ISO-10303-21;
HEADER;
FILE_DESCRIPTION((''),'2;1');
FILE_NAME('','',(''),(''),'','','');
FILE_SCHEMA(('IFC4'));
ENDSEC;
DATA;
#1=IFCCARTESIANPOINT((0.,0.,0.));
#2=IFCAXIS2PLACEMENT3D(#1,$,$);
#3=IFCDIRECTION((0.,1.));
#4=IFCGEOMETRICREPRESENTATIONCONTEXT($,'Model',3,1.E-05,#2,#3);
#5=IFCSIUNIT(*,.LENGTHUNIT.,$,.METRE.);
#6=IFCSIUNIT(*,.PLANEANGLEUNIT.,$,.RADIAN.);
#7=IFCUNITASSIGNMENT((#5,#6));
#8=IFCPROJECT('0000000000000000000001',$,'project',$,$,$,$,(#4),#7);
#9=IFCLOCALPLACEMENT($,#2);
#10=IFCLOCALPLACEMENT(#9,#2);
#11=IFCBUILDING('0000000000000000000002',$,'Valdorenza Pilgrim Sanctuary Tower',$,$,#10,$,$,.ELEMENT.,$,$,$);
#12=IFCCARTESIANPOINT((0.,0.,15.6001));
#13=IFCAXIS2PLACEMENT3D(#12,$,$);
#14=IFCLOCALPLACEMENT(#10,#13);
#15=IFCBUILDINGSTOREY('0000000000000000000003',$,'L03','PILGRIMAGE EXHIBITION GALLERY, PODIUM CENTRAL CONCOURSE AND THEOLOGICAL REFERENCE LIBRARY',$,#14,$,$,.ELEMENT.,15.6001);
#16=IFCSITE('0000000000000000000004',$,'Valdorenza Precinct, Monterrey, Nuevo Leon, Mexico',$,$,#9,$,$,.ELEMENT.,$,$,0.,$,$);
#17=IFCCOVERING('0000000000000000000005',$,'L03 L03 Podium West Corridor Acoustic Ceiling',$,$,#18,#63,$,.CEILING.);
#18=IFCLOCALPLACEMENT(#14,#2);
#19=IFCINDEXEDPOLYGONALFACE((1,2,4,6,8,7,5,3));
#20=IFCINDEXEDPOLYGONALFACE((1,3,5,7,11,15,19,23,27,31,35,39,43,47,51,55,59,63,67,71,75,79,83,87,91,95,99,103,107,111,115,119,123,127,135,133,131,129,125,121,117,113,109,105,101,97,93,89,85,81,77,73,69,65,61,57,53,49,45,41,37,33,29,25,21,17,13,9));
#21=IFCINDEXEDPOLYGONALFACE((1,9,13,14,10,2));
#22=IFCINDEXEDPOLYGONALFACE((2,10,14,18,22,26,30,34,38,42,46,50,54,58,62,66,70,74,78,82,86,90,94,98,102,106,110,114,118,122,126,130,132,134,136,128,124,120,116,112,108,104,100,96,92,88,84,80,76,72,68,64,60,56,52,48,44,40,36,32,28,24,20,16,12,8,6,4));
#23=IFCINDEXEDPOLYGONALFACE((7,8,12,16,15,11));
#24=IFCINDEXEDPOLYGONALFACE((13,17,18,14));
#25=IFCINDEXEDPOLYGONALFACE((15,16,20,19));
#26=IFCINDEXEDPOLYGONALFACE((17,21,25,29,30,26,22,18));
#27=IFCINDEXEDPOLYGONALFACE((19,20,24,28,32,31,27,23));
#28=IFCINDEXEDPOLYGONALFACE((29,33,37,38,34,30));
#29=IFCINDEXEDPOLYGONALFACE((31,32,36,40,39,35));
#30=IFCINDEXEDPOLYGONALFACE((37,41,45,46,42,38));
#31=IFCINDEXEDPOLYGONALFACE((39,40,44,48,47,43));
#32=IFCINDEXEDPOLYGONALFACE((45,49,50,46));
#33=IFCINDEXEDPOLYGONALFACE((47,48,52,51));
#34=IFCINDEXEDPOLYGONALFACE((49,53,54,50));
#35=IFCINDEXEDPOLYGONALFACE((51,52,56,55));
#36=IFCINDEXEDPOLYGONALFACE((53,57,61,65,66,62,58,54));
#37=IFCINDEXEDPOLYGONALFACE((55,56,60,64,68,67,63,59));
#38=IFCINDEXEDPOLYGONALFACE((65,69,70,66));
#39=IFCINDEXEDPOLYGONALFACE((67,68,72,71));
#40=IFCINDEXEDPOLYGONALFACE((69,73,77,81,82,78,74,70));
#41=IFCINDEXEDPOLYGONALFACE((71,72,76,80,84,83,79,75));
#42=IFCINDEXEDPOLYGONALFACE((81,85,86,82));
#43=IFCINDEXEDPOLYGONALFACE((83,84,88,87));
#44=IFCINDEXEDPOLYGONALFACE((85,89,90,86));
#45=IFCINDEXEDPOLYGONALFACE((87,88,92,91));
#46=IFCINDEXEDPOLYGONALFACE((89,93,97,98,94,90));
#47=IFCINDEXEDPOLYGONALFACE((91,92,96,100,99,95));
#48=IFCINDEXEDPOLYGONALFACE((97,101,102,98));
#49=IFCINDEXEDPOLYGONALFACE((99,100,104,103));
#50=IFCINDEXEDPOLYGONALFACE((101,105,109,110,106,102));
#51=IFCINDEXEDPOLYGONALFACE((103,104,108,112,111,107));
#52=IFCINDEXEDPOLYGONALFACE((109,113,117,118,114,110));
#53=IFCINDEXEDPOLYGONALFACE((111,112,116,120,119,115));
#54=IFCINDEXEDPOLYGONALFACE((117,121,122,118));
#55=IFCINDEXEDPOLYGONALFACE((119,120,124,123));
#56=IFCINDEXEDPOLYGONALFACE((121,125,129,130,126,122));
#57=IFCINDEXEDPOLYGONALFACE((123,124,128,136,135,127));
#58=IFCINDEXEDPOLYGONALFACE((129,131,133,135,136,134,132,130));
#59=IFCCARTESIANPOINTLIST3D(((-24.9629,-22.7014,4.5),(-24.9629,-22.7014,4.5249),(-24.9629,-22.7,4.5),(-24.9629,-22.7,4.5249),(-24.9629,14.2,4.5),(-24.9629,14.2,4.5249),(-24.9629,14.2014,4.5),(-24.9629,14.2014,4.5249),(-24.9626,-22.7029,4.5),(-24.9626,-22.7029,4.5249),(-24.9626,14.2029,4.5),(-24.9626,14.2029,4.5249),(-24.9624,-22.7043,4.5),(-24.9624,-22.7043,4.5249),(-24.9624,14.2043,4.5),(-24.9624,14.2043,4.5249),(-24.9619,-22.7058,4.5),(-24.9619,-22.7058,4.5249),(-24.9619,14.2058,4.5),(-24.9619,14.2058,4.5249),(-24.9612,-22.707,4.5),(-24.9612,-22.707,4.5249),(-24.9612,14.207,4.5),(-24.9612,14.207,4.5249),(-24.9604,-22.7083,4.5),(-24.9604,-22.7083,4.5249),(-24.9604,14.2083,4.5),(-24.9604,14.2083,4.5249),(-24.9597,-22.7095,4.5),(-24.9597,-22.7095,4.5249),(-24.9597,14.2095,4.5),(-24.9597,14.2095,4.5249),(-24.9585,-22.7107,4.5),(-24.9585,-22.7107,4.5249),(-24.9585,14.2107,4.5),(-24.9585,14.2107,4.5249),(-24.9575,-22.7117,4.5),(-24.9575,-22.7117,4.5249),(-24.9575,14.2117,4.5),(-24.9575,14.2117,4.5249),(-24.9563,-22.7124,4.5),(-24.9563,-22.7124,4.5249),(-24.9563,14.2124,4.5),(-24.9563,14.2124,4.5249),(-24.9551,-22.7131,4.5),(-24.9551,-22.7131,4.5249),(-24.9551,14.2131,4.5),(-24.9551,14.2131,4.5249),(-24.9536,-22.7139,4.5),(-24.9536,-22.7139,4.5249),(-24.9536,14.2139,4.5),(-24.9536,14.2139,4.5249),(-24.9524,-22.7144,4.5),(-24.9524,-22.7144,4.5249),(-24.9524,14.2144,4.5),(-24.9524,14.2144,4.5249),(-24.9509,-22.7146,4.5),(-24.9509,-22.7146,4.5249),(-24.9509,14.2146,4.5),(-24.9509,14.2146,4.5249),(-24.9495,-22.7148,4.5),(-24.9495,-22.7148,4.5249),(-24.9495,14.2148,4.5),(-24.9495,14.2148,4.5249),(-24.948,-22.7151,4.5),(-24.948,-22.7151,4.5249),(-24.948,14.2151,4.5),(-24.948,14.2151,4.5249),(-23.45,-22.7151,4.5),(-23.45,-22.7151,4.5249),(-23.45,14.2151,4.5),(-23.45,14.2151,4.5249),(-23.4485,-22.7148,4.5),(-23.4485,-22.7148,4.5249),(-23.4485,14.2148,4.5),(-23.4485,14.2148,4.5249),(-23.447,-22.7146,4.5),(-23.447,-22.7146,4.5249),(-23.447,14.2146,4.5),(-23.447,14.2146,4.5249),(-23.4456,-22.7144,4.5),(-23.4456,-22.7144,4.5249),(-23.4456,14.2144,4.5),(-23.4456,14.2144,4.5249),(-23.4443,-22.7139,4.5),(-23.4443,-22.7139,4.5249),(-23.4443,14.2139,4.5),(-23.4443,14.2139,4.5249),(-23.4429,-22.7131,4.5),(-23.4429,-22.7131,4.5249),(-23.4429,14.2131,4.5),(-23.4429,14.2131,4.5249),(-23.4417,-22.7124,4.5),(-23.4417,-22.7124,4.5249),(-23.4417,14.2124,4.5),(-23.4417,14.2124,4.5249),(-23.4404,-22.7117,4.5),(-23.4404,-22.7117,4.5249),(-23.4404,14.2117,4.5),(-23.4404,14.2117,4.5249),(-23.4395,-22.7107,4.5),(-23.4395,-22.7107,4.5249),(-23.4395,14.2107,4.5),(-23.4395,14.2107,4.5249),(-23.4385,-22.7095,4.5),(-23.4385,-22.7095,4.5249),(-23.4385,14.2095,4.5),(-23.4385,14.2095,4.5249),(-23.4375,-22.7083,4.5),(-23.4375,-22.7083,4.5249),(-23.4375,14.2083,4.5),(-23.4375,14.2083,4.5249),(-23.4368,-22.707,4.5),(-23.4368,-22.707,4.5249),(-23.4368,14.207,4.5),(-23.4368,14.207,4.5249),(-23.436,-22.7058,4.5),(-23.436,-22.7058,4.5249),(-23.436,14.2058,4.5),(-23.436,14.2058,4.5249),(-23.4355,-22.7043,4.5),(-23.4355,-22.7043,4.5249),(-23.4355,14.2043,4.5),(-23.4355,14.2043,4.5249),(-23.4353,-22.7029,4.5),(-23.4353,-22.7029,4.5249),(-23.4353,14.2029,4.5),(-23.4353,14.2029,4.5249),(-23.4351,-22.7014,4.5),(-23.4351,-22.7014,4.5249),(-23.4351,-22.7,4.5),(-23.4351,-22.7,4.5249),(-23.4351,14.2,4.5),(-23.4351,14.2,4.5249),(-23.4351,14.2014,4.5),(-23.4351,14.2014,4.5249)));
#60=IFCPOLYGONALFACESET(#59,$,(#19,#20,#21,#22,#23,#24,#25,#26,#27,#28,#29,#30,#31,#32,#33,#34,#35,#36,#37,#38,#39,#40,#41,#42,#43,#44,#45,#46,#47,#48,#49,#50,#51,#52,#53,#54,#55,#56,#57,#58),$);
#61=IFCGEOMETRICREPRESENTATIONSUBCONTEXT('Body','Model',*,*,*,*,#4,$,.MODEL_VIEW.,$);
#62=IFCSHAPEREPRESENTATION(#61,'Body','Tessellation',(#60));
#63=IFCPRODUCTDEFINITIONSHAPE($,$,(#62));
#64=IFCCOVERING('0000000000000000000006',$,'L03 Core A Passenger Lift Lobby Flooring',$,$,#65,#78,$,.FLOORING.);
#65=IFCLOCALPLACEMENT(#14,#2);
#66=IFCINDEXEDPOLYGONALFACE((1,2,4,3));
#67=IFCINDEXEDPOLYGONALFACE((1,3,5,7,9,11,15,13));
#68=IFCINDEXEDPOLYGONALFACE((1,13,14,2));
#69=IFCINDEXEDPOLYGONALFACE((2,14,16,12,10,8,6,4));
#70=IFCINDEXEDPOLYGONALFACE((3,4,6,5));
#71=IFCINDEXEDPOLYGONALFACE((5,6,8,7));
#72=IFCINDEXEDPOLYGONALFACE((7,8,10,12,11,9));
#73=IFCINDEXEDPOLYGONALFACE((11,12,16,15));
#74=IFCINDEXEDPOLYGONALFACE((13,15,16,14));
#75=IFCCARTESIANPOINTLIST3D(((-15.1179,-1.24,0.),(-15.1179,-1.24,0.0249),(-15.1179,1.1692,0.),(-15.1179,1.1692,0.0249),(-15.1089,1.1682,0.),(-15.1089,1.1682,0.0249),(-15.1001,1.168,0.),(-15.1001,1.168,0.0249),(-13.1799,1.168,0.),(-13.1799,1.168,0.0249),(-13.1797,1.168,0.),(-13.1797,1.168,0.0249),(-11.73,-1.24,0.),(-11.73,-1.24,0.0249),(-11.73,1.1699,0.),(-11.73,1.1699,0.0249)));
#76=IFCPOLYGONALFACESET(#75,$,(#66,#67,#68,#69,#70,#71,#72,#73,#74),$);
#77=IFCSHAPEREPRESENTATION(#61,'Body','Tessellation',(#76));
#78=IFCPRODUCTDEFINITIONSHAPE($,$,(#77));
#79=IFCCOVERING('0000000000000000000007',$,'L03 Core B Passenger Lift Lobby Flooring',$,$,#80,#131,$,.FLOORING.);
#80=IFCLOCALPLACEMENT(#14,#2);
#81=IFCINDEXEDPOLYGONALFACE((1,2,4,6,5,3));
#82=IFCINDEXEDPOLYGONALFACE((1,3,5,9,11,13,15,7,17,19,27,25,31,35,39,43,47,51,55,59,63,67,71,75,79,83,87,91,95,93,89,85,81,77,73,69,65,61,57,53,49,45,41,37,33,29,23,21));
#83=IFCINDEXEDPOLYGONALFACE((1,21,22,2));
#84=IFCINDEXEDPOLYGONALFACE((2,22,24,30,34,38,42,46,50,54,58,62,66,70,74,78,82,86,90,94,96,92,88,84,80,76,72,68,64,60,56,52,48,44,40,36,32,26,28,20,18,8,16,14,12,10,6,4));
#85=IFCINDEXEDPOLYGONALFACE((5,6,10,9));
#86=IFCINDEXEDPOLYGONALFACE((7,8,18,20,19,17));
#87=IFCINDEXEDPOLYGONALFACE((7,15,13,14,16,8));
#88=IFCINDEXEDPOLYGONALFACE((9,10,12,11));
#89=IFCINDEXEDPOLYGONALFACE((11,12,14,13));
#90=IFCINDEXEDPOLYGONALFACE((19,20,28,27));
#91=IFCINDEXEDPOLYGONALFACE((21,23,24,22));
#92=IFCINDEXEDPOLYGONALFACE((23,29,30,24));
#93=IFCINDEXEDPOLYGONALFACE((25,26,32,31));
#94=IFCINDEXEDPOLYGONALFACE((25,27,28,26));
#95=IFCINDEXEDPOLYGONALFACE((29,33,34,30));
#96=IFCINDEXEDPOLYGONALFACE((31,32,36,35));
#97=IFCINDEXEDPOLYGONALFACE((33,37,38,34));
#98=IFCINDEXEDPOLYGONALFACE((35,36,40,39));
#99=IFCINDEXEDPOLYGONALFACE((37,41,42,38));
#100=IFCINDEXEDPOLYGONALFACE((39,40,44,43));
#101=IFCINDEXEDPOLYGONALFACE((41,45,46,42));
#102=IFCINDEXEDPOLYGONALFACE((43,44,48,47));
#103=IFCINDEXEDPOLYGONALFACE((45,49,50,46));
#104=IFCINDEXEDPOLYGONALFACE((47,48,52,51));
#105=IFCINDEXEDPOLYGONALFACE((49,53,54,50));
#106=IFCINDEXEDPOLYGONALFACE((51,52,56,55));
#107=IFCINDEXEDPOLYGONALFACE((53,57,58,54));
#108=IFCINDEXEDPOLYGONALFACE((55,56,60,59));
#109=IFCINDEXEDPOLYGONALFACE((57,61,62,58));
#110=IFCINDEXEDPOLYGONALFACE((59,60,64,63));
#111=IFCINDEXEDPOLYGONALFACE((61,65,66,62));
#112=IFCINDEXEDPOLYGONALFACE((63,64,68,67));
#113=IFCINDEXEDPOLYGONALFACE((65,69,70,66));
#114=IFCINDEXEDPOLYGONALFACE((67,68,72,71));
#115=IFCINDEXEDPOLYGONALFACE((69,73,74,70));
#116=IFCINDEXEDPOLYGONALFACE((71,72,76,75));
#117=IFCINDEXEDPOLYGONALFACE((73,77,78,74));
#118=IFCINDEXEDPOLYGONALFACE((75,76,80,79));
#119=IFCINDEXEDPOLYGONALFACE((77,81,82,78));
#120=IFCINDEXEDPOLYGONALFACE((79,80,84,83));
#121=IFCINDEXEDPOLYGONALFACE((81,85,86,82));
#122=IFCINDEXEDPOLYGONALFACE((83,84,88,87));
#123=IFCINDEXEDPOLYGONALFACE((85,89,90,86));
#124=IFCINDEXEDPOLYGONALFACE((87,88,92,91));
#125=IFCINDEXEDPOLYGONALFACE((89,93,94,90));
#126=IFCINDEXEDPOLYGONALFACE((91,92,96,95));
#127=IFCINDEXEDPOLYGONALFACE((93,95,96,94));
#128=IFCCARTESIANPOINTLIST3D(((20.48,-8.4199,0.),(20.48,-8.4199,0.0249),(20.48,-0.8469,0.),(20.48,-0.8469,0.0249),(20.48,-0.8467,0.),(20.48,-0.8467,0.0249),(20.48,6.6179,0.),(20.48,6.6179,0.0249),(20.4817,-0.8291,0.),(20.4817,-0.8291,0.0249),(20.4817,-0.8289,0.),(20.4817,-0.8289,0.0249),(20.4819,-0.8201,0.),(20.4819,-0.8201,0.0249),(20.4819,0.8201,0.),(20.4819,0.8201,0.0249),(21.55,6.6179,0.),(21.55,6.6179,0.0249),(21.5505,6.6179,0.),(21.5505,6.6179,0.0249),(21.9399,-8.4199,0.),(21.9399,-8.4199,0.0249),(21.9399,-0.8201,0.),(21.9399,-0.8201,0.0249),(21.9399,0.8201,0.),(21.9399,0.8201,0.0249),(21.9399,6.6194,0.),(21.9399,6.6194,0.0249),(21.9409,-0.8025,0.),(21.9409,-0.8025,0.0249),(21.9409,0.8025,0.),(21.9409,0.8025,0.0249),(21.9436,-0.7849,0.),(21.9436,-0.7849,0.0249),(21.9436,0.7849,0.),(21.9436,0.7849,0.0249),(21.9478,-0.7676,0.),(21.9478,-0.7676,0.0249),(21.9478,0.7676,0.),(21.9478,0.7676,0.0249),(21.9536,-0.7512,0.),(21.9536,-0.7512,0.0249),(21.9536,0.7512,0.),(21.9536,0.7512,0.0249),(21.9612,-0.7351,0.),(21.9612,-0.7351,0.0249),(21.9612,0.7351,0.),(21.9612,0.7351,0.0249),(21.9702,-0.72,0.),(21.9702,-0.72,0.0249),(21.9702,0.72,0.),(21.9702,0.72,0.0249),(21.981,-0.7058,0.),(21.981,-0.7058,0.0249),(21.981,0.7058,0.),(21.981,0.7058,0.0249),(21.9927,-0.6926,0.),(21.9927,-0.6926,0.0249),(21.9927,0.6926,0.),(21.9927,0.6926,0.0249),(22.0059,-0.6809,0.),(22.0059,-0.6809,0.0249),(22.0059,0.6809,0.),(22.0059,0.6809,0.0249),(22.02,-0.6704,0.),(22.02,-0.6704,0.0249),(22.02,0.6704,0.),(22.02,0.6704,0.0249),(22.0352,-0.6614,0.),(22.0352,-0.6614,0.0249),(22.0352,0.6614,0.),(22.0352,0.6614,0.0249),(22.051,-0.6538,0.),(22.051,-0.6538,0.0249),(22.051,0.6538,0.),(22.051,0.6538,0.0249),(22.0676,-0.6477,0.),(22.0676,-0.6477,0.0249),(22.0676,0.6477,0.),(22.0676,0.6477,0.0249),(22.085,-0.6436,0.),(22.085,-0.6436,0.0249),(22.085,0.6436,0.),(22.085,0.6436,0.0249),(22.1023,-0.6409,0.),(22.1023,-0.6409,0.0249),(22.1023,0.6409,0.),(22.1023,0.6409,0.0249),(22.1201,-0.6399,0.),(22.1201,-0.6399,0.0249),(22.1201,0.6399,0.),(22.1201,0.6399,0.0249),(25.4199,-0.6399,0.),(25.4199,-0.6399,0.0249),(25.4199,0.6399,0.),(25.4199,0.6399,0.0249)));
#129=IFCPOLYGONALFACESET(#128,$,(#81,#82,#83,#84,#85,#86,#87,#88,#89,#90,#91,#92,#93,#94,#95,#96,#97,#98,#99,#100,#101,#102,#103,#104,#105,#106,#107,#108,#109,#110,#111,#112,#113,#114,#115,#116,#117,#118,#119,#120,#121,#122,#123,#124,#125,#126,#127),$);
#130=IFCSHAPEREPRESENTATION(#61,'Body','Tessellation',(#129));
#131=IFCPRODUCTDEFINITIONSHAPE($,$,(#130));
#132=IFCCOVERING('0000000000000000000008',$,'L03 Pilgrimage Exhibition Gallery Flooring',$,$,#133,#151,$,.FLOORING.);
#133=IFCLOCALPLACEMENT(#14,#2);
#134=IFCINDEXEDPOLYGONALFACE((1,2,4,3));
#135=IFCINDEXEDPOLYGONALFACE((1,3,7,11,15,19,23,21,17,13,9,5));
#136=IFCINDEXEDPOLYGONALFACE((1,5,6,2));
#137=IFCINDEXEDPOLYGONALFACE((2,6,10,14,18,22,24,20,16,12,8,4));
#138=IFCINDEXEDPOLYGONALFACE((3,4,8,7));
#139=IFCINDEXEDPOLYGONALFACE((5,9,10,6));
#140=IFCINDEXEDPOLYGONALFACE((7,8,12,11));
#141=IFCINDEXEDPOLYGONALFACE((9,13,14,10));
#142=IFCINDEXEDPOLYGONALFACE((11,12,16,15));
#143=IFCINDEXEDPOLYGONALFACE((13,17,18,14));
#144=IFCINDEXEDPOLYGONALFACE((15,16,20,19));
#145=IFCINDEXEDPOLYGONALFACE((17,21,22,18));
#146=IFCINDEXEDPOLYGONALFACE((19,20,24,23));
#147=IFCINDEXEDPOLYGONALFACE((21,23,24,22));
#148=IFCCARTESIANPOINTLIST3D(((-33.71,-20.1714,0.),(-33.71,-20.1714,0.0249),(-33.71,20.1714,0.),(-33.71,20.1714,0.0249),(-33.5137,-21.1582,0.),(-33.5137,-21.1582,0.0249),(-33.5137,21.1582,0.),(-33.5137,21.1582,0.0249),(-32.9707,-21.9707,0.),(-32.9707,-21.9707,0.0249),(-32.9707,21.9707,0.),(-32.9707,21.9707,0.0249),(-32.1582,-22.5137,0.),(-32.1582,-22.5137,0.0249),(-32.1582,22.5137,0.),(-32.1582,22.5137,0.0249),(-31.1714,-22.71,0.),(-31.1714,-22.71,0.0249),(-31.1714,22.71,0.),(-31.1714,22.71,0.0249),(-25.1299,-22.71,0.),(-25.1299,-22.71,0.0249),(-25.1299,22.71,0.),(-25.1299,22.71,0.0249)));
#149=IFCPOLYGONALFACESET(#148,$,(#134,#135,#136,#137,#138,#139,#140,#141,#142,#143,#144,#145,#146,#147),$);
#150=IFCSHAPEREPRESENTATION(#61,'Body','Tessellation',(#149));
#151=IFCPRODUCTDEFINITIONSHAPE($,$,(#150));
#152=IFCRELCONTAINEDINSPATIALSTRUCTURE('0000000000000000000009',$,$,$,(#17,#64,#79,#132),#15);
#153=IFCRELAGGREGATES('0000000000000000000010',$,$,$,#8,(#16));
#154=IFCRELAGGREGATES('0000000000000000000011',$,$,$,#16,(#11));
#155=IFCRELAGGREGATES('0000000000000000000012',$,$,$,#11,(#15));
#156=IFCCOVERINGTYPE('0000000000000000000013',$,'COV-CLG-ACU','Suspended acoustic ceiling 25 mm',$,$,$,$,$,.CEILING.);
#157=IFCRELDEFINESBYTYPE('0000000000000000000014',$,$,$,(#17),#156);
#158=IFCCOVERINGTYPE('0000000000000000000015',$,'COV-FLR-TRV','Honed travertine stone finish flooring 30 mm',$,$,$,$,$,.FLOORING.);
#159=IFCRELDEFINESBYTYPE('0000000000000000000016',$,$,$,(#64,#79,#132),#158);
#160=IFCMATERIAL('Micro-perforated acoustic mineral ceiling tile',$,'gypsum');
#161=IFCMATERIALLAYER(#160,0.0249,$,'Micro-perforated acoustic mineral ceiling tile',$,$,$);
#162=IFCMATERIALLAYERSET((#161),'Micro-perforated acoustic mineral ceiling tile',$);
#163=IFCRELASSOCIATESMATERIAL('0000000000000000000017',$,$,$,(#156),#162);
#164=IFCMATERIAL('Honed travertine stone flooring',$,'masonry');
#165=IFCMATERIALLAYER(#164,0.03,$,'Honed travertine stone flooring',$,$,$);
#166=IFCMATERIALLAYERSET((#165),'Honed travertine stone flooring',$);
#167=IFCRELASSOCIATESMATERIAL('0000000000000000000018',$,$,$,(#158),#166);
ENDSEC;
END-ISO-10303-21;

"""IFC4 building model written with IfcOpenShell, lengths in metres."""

from ifc_helpers import new_model, si_unit, direction, frame, origin, place, context, subcontext, project, spatial, polyline, outline, extrude, material, layer, layer_set, type_object, element, save


model = new_model("IFC4")

# Units and contexts
model_context = context("Model", 3, precision=1e-05, world=origin(), true_north=direction((0.0, 1.0)))
body_context = subcontext(model_context, "Body", "Model", "MODEL_VIEW")
ifc_project = project(units=[si_unit("LENGTHUNIT", "METRE"), si_unit("PLANEANGLEUNIT", "RADIAN")], contexts=[model_context])

# Site, building, storey
site_placement = place(None, origin())
site = spatial("IfcSite", under=ifc_project, at=site_placement, Name="Valdorenza Precinct, Monterrey, Nuevo Leon, Mexico", CompositionType="ELEMENT", RefElevation=0.0)
building_placement = place(site_placement, origin())
building = spatial("IfcBuilding", under=site, at=building_placement, Name="Valdorenza Pilgrim Sanctuary Tower", CompositionType="ELEMENT")
storey_placement = place(building_placement, frame((0.0, 0.0, 15.6001)))
storey = spatial("IfcBuildingStorey", under=building, at=storey_placement, Name="L03", Description="PILGRIMAGE EXHIBITION GALLERY, PODIUM CENTRAL CONCOURSE AND THEOLOGICAL REFERENCE LIBRARY", CompositionType="ELEMENT", Elevation=15.6001)

# Coverings
ifc_material_1 = material(Name="Micro-perforated acoustic mineral ceiling tile", Category="gypsum")
ifc_layer_1 = layer(ifc_material_1, 0.0249, Name="Micro-perforated acoustic mineral ceiling tile")
ifc_layer_set_1 = layer_set([ifc_layer_1], Name="Micro-perforated acoustic mineral ceiling tile")
covering_type_1 = type_object("IfcCoveringType", Name="COV-CLG-ACU", Description="Suspended acoustic ceiling 25 mm", PredefinedType="CEILING", material=ifc_layer_set_1)
covering_1_placement = place(storey_placement, frame((0.0, 0.0, 4.5)))
element("IfcCovering", 1, at=covering_1_placement, inside=storey, type_object=covering_type_1, Name="L03 L03 Podium West Corridor Acoustic Ceiling", PredefinedType="CEILING", context=body_context, shape_type="SweptSolid", body=[
    extrude(outline(polyline([(-23.45, 14.2151), (-23.4485, 14.2148), (-23.447, 14.2146), (-23.4456, 14.2144), (-23.4443, 14.2139), (-23.4429, 14.2131), (-23.4417, 14.2124), (-23.4404, 14.2117), (-23.4395, 14.2107), (-23.4385, 14.2095), (-23.4375, 14.2083), (-23.4368, 14.207), (-23.436, 14.2058), (-23.4355, 14.2043), (-23.4353, 14.2029), (-23.4351, 14.2014), (-23.4351, 14.2), (-23.4351, -22.7), (-23.4351, -22.7014), (-23.4353, -22.7029), (-23.4355, -22.7043), (-23.436, -22.7058), (-23.4368, -22.707), (-23.4375, -22.7083), (-23.4385, -22.7095), (-23.4395, -22.7107), (-23.4404, -22.7117), (-23.4417, -22.7124), (-23.4429, -22.7131), (-23.4443, -22.7139), (-23.4456, -22.7144), (-23.447, -22.7146), (-23.4485, -22.7148), (-23.45, -22.7151), (-24.948, -22.7151), (-24.9495, -22.7148), (-24.9509, -22.7146), (-24.9524, -22.7144), (-24.9536, -22.7139), (-24.9551, -22.7131), (-24.9563, -22.7124), (-24.9575, -22.7117), (-24.9585, -22.7107), (-24.9597, -22.7095), (-24.9604, -22.7083), (-24.9612, -22.707), (-24.9619, -22.7058), (-24.9624, -22.7043), (-24.9626, -22.7029), (-24.9629, -22.7014), (-24.9629, -22.7), (-24.9629, 14.2), (-24.9629, 14.2014), (-24.9626, 14.2029), (-24.9624, 14.2043), (-24.9619, 14.2058), (-24.9612, 14.207), (-24.9604, 14.2083), (-24.9597, 14.2095), (-24.9585, 14.2107), (-24.9575, 14.2117), (-24.9563, 14.2124), (-24.9551, 14.2131), (-24.9536, 14.2139), (-24.9524, 14.2144), (-24.9509, 14.2146), (-24.9495, 14.2148), (-24.948, 14.2151), (-23.45, 14.2151)])), origin(), (0.0, 0.0, 1.0), 0.0249),
])
ifc_material_2 = material(Name="Honed travertine stone flooring", Category="masonry")
ifc_layer_2 = layer(ifc_material_2, 0.03, Name="Honed travertine stone flooring")
ifc_layer_set_2 = layer_set([ifc_layer_2], Name="Honed travertine stone flooring")
covering_type_2 = type_object("IfcCoveringType", Name="COV-FLR-TRV", Description="Honed travertine stone finish flooring 30 mm", PredefinedType="FLOORING", material=ifc_layer_set_2)
covering_2_placement = place(storey_placement, origin())
element("IfcCovering", 2, at=covering_2_placement, inside=storey, type_object=covering_type_2, Name="L03 Core A Passenger Lift Lobby Flooring", PredefinedType="FLOORING", context=body_context, shape_type="SweptSolid", body=[
    extrude(outline(polyline([(-15.1179, 1.1692), (-15.1089, 1.1682), (-15.1089, 1.1682), (-15.1001, 1.168), (-13.1799, 1.168), (-13.1797, 1.168), (-11.73, 1.1699), (-11.73, -1.24), (-15.1179, -1.24), (-15.1179, 1.1692)])), origin(), (0.0, 0.0, 1.0), 0.0249),
])
covering_3_placement = place(storey_placement, origin())
element("IfcCovering", 3, at=covering_3_placement, inside=storey, type_object=covering_type_2, Name="L03 Core B Passenger Lift Lobby Flooring", PredefinedType="FLOORING", context=body_context, shape_type="SweptSolid", body=[
    extrude(outline(polyline([(20.48, 6.6179), (21.55, 6.6179), (21.5505, 6.6179), (21.9399, 6.6194), (21.9399, 0.8201), (21.9409, 0.8025), (21.9436, 0.7849), (21.9478, 0.7676), (21.9536, 0.7512), (21.9612, 0.7351), (21.9702, 0.72), (21.981, 0.7058), (21.9927, 0.6926), (22.0059, 0.6809), (22.02, 0.6704), (22.0352, 0.6614), (22.051, 0.6538), (22.0676, 0.6477), (22.085, 0.6436), (22.1023, 0.6409), (22.1201, 0.6399), (25.4199, 0.6399), (25.4199, -0.6399), (22.1201, -0.6399), (22.1023, -0.6409), (22.085, -0.6436), (22.0676, -0.6477), (22.051, -0.6538), (22.0352, -0.6614), (22.02, -0.6704), (22.0059, -0.6809), (21.9927, -0.6926), (21.981, -0.7058), (21.9702, -0.72), (21.9612, -0.7351), (21.9536, -0.7512), (21.9478, -0.7676), (21.9436, -0.7849), (21.9409, -0.8025), (21.9399, -0.8201), (21.9399, -8.4199), (20.48, -8.4199), (20.48, -0.8469), (20.48, -0.8467), (20.48, -0.8467), (20.4817, -0.8291), (20.4817, -0.8289), (20.4819, -0.8201), (20.4819, 0.8201), (20.48, 6.6179)])), origin(), (0.0, 0.0, 1.0), 0.0249),
])
covering_4_placement = place(storey_placement, origin())
element("IfcCovering", 4, at=covering_4_placement, inside=storey, type_object=covering_type_2, Name="L03 Pilgrimage Exhibition Gallery Flooring", PredefinedType="FLOORING", context=body_context, shape_type="SweptSolid", body=[
    extrude(outline(polyline([(-31.1714, -22.71), (-32.1582, -22.5137), (-32.9707, -21.9707), (-33.5137, -21.1582), (-33.71, -20.1714), (-33.71, 20.1714), (-33.5137, 21.1582), (-32.9707, 21.9707), (-32.1582, 22.5137), (-31.1714, 22.71), (-25.1299, 22.71), (-25.1299, -22.71), (-31.1714, -22.71)])), origin(), (0.0, 0.0, 1.0), 0.0249),
])

save(model, "model.ifc")
